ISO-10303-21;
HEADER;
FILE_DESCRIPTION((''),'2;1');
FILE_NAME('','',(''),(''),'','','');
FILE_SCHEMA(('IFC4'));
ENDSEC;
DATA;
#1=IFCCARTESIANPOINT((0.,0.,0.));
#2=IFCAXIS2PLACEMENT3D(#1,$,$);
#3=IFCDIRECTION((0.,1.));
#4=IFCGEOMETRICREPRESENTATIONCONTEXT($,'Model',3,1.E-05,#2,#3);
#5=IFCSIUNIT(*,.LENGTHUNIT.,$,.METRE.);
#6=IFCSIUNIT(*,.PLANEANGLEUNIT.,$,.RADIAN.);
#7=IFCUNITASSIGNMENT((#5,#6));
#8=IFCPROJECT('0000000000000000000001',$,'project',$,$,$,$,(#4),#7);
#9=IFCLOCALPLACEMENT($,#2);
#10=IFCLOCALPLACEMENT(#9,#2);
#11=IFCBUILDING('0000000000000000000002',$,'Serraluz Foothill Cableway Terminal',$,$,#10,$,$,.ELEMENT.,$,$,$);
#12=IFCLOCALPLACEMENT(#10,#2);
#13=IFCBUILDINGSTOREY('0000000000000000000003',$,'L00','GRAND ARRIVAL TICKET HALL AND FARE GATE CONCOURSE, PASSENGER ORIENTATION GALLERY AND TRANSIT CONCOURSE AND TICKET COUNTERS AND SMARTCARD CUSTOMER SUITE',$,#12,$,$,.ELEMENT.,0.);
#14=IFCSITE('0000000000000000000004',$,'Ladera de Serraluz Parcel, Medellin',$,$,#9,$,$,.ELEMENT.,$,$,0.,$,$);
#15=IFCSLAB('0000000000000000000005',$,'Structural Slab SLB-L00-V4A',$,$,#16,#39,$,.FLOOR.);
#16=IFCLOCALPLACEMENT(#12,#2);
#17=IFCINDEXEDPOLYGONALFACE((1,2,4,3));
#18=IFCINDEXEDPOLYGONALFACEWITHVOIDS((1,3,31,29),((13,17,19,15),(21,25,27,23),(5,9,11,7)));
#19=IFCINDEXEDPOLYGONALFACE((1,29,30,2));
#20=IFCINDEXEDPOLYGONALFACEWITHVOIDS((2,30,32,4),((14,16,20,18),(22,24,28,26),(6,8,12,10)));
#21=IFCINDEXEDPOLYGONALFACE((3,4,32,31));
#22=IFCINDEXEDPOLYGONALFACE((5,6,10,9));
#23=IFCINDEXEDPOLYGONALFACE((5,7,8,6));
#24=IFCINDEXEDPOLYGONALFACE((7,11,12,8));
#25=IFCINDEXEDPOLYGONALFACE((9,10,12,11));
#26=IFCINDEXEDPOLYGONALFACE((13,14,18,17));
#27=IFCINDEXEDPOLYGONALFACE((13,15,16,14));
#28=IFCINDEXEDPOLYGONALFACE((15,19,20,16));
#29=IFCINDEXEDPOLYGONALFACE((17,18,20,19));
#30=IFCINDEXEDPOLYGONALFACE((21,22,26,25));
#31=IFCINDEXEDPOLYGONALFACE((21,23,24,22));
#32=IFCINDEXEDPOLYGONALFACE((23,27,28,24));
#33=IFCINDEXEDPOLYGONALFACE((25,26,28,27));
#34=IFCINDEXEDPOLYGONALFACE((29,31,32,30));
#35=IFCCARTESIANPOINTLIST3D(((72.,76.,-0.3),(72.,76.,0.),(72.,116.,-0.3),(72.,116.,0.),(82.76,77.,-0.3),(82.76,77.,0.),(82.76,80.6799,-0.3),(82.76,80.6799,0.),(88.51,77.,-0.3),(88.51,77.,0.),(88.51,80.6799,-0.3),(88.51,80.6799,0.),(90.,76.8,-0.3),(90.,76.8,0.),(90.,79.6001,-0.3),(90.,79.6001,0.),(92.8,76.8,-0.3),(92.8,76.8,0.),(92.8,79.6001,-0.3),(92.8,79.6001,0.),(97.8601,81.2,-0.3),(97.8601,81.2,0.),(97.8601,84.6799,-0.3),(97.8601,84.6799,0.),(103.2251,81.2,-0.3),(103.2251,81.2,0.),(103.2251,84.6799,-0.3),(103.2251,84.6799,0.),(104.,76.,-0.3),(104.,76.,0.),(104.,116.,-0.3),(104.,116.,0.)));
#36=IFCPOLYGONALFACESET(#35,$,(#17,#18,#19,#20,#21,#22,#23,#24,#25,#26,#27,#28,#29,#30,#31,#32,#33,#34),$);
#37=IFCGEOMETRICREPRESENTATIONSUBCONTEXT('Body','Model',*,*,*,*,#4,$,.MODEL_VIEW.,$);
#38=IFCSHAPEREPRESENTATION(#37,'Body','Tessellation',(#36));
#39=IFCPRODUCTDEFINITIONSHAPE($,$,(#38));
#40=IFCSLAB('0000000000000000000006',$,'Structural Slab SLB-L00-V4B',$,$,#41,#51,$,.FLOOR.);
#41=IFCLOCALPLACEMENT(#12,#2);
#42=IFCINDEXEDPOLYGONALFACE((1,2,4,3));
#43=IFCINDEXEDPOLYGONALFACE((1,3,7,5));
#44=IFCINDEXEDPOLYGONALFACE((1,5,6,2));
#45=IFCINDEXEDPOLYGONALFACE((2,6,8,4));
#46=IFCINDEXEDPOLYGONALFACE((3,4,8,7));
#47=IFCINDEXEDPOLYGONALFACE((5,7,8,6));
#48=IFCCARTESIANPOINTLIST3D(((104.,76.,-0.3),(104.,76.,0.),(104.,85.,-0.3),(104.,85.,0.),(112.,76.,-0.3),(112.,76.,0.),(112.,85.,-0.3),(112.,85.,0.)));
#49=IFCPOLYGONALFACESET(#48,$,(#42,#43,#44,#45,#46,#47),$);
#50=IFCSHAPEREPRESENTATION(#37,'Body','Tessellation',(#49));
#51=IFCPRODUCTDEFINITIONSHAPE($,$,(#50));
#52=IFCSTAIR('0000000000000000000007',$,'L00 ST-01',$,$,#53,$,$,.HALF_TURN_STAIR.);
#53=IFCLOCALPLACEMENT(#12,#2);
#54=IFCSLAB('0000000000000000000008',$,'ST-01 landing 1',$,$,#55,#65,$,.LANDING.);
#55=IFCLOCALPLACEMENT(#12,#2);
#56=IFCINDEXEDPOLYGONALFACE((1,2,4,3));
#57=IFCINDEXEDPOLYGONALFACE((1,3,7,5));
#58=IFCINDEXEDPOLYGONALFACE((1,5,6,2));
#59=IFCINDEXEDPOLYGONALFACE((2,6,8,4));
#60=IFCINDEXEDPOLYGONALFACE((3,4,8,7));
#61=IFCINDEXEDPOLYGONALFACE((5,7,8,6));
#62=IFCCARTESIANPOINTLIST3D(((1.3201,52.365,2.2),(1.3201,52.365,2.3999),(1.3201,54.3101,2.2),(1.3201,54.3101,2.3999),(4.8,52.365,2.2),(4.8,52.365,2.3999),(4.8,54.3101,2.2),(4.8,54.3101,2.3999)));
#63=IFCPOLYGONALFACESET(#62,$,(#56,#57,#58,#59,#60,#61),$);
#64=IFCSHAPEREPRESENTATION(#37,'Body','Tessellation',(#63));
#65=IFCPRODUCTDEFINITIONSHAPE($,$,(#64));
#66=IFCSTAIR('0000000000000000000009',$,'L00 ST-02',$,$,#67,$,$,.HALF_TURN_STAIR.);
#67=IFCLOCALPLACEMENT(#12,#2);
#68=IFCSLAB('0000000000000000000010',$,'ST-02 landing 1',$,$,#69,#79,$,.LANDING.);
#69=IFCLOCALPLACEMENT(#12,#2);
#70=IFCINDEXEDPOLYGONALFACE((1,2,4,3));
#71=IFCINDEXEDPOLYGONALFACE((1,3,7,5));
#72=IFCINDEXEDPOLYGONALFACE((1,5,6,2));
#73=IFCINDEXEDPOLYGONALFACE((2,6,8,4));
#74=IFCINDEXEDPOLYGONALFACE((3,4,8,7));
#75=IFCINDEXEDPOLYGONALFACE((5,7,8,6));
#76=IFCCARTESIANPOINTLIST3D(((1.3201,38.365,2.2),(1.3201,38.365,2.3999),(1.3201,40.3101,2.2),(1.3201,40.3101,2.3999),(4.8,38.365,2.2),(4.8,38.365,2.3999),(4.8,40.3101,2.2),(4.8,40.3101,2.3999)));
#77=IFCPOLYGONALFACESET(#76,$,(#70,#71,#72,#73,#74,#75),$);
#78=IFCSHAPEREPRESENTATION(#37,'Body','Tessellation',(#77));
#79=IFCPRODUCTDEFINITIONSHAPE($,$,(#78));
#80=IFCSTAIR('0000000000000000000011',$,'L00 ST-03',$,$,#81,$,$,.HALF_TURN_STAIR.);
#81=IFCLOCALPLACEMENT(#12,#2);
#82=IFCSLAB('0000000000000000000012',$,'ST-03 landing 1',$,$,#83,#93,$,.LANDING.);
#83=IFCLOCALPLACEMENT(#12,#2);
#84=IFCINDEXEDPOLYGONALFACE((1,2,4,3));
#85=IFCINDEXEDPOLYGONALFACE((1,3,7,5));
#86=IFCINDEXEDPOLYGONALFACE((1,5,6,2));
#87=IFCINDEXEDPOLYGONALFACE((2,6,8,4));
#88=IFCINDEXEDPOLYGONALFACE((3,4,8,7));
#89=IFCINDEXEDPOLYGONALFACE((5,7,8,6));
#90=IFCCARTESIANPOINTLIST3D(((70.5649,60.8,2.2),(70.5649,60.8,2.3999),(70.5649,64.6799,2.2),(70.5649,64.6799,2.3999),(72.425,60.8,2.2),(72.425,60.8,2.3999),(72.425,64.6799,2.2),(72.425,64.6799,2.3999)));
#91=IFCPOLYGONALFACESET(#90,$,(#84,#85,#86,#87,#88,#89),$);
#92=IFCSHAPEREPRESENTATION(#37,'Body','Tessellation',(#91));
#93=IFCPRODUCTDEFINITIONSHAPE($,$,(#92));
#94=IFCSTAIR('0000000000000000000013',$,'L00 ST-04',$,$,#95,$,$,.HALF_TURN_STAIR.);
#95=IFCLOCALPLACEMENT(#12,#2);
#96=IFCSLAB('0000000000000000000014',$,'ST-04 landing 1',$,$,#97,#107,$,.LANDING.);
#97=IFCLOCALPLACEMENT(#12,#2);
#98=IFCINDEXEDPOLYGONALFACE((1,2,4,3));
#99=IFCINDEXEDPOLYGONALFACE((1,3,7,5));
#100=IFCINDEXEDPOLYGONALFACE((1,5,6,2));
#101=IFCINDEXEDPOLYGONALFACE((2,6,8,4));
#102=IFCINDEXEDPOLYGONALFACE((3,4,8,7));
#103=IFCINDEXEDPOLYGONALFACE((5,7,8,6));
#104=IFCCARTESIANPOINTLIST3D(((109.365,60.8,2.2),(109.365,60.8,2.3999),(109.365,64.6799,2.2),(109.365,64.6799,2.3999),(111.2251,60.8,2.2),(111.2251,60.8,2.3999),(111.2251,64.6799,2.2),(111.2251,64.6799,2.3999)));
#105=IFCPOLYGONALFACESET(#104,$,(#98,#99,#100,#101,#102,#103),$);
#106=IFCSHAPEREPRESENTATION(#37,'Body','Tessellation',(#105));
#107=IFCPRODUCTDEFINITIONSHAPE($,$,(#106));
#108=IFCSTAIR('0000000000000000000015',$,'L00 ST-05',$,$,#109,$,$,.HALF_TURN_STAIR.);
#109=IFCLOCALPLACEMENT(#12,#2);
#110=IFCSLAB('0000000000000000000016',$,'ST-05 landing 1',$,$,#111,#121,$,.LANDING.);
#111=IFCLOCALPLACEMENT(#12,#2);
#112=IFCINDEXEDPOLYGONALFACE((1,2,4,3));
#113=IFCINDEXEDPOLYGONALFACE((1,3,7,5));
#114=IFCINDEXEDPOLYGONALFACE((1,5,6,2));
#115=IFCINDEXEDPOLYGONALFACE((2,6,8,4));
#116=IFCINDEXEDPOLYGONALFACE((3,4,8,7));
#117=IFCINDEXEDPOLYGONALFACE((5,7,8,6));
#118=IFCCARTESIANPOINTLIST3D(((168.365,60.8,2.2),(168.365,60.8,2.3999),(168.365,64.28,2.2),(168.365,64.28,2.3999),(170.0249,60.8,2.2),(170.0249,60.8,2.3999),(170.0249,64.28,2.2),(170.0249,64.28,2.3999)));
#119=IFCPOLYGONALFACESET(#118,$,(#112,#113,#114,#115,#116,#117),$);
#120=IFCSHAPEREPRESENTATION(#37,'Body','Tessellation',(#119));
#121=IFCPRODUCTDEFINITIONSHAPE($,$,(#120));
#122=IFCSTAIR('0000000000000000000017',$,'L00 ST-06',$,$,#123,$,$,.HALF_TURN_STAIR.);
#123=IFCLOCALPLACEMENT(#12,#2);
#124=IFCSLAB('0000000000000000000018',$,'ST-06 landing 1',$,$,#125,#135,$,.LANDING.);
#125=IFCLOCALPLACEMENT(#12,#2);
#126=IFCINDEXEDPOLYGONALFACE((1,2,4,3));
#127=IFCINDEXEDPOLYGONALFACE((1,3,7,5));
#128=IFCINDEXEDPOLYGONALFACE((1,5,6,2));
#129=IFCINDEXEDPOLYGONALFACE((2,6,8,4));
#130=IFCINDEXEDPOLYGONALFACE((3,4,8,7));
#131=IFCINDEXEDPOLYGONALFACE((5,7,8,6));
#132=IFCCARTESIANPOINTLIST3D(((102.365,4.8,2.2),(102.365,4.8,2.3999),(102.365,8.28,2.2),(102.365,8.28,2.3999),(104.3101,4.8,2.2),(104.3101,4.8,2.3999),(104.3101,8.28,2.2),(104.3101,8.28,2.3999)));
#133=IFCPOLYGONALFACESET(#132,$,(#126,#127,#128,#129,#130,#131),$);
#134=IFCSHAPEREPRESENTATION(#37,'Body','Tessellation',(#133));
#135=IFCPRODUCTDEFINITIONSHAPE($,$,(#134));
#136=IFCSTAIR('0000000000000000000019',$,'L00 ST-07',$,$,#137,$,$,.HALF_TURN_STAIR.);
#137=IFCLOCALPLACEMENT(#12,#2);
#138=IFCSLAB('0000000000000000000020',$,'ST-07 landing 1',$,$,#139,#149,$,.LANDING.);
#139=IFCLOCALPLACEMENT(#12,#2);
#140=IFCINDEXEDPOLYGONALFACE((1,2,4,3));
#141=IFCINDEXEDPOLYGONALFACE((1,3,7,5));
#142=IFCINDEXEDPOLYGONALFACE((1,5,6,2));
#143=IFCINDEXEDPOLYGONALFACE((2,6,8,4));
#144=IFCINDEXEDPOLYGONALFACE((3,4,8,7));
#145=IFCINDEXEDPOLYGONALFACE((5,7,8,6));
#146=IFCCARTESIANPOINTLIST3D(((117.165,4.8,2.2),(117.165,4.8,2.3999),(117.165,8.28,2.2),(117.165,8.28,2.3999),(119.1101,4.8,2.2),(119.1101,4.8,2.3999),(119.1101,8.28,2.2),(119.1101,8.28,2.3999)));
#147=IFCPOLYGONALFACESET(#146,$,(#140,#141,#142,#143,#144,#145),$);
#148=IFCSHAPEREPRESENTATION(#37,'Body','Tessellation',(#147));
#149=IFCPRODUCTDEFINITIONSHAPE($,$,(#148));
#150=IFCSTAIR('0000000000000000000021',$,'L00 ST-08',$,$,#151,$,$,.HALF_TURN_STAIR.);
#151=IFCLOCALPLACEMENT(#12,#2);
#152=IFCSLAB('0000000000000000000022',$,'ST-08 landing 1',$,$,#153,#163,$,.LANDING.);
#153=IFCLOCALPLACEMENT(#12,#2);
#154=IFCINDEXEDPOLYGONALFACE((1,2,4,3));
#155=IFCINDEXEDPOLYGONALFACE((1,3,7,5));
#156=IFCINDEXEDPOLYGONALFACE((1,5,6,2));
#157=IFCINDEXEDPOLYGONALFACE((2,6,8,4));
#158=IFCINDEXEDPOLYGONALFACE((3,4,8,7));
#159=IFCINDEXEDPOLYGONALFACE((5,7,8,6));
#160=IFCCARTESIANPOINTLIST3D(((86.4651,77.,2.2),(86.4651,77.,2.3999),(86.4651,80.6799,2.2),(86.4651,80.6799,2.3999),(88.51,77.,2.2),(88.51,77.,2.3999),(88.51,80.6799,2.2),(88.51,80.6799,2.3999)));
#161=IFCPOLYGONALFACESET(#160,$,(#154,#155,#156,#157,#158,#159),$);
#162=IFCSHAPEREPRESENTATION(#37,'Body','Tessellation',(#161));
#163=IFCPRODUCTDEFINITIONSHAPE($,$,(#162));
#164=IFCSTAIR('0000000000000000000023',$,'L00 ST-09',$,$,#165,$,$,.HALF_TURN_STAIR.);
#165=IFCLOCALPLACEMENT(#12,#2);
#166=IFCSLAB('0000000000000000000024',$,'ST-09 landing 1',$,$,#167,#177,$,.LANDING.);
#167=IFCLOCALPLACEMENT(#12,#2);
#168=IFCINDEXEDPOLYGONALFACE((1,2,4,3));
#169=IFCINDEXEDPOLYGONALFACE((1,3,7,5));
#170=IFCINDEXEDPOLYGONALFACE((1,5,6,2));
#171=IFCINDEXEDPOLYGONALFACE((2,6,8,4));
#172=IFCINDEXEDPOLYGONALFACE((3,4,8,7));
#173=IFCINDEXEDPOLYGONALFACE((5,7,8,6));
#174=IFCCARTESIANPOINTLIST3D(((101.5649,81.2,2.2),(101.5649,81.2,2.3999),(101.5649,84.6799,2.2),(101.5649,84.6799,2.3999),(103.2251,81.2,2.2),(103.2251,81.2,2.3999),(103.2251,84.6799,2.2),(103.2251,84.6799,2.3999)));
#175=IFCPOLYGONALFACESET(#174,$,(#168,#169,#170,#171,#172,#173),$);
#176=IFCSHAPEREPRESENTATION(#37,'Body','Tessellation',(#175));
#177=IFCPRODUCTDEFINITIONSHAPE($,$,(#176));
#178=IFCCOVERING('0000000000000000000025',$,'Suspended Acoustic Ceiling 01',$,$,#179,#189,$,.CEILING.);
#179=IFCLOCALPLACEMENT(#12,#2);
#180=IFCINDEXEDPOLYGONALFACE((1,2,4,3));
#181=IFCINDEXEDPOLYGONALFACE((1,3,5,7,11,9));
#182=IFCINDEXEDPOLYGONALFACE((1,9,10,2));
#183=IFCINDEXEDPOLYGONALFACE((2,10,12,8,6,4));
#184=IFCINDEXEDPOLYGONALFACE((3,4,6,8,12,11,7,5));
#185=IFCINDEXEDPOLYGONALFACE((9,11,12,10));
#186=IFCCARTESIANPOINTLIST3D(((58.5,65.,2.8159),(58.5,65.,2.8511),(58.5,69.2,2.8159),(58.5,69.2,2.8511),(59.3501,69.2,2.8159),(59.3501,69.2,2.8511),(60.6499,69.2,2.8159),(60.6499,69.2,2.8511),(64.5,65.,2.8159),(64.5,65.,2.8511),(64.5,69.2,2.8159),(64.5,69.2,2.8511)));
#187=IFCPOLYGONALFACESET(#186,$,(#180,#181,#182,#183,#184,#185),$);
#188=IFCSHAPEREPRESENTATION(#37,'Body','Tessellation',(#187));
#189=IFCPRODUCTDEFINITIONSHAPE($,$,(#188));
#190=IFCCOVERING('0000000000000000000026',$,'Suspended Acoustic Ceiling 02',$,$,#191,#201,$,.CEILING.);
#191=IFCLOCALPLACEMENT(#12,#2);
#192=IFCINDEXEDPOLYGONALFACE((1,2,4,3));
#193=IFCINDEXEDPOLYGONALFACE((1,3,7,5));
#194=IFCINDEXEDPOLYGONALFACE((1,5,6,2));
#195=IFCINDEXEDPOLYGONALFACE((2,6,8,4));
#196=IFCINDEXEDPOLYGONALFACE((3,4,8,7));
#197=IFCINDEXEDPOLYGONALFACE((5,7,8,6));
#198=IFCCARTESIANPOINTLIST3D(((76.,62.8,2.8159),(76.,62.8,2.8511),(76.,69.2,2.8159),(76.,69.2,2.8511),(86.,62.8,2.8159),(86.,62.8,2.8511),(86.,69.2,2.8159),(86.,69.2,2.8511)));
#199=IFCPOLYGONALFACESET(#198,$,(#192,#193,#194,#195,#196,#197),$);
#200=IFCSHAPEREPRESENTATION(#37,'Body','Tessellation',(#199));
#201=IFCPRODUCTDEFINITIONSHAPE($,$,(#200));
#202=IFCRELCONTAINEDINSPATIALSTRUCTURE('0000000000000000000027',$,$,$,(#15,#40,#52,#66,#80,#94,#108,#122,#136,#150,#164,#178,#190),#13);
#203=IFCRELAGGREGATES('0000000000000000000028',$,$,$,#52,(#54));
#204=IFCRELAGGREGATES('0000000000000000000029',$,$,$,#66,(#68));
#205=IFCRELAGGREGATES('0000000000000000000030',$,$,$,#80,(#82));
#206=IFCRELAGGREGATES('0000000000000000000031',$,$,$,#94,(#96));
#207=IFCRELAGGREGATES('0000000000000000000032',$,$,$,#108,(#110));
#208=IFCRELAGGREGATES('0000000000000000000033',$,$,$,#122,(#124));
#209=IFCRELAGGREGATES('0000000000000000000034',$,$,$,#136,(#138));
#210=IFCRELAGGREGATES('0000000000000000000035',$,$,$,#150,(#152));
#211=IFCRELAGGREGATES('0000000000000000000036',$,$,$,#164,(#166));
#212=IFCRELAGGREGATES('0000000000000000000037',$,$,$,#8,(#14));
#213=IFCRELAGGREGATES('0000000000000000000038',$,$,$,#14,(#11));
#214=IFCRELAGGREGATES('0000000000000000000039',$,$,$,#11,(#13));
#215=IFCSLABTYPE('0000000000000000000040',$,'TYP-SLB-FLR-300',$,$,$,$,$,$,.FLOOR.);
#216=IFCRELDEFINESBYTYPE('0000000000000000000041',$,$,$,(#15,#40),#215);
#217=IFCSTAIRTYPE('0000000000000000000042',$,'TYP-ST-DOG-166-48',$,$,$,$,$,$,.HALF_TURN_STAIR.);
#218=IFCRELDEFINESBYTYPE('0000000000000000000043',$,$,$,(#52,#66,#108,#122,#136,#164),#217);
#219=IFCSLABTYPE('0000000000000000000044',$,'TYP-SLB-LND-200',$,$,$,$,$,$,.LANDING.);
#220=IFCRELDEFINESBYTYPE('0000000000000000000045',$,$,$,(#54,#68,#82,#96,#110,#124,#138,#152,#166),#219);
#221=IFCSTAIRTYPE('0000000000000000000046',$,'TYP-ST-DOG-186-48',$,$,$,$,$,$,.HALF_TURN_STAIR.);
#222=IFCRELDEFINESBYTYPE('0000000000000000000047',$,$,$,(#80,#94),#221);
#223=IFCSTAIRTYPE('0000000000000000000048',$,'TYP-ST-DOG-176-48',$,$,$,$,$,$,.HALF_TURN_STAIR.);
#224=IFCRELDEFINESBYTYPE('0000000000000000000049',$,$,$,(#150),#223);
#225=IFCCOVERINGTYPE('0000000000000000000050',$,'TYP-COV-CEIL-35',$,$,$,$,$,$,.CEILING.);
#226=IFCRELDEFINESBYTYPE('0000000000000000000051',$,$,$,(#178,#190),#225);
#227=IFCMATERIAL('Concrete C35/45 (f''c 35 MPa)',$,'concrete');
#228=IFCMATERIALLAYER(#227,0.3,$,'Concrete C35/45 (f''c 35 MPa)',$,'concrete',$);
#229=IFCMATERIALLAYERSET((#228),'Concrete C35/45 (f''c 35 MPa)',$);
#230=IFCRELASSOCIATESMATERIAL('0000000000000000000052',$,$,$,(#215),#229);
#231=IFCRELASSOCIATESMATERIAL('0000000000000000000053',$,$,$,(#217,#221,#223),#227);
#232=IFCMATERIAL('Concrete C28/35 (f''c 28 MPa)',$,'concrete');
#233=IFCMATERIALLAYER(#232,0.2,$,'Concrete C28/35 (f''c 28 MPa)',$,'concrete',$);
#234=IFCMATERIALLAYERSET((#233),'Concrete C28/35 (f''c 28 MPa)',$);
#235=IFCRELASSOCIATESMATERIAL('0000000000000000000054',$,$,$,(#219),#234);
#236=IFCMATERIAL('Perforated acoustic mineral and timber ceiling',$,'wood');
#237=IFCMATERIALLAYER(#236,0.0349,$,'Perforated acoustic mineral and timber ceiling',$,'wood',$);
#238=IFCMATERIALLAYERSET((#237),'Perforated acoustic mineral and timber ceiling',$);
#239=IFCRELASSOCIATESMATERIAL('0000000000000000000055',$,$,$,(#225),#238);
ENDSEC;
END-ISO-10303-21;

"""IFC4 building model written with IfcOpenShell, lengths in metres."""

from ifc_helpers import new_model, si_unit, direction, frame, origin, place, context, subcontext, project, spatial, polyline, outline, extrude, material, layer, layer_set, type_object, element, aggregate, save


model = new_model("IFC4")

# Units and contexts
model_context = context("Model", 3, precision=1e-05, world=origin(), true_north=direction((0.0, 1.0)))
body_context = subcontext(model_context, "Body", "Model", "MODEL_VIEW")
ifc_project = project(units=[si_unit("LENGTHUNIT", "METRE"), si_unit("PLANEANGLEUNIT", "RADIAN")], contexts=[model_context])

# Site, building, storey
site_placement = place(None, origin())
site = spatial("IfcSite", under=ifc_project, at=site_placement, Name="Ladera de Serraluz Parcel, Medellin", CompositionType="ELEMENT", RefElevation=0.0)
building_placement = place(site_placement, origin())
building = spatial("IfcBuilding", under=site, at=building_placement, Name="Serraluz Foothill Cableway Terminal", CompositionType="ELEMENT")
storey_placement = place(building_placement, origin())
storey = spatial("IfcBuildingStorey", under=building, at=storey_placement, Name="L00", Description="GRAND ARRIVAL TICKET HALL AND FARE GATE CONCOURSE, PASSENGER ORIENTATION GALLERY AND TRANSIT CONCOURSE AND TICKET COUNTERS AND SMARTCARD CUSTOMER SUITE", CompositionType="ELEMENT", Elevation=0.0)

# Slabs
ifc_material_1 = material(Name="Concrete C28/35 (f'c 28 MPa)", Category="concrete")
ifc_material_2 = material(Name="Concrete C35/45 (f'c 35 MPa)", Category="concrete")
ifc_layer_1 = layer(ifc_material_2, 0.3, Name="Concrete C35/45 (f'c 35 MPa)", Category="concrete")
ifc_layer_set_1 = layer_set([ifc_layer_1], Name="Concrete C35/45 (f'c 35 MPa)")
slab_type_1 = type_object("IfcSlabType", Name="TYP-SLB-FLR-300", PredefinedType="FLOOR", material=ifc_layer_set_1)
slab_1_placement = place(storey_placement, frame((0.0, 0.0, -0.3)))
element("IfcSlab", 1, at=slab_1_placement, inside=storey, type_object=slab_type_1, Name="Structural Slab SLB-L00-V4A", PredefinedType="FLOOR", context=body_context, shape_type="SweptSolid", body=[
    extrude(outline(polyline([(72.0, 76.0), (104.0, 76.0), (104.0, 116.0), (72.0, 116.0), (72.0, 76.0)]), holes=[polyline([(82.76, 77.0), (88.51, 77.0), (88.51, 80.6799), (82.76, 80.6799), (82.76, 77.0)]), polyline([(97.8601, 81.2), (103.2251, 81.2), (103.2251, 84.6799), (97.8601, 84.6799), (97.8601, 81.2)]), polyline([(90.0, 76.8), (92.8, 76.8), (92.8, 79.6001), (90.0, 79.6001), (90.0, 76.8)])]), origin(), (0.0, 0.0, 1.0), 0.3),
])
slab_2_placement = place(storey_placement, frame((0.0, 0.0, -0.3)))
element("IfcSlab", 2, at=slab_2_placement, inside=storey, type_object=slab_type_1, Name="Structural Slab SLB-L00-V4B", PredefinedType="FLOOR", context=body_context, shape_type="SweptSolid", body=[
    extrude(outline(polyline([(104.0, 76.0), (112.0, 76.0), (112.0, 85.0), (104.0, 85.0), (104.0, 76.0)])), origin(), (0.0, 0.0, 1.0), 0.3),
])

# Stairs, slabs
stair_type_1 = type_object("IfcStairType", Name="TYP-ST-DOG-166-48", PredefinedType="HALF_TURN_STAIR", material=ifc_material_2)
stair_1_placement = place(storey_placement, origin())
stair_1 = element("IfcStair", 3, at=stair_1_placement, inside=storey, type_object=stair_type_1, Name="L00 ST-01", PredefinedType="HALF_TURN_STAIR")
ifc_layer_2 = layer(ifc_material_1, 0.2, Name="Concrete C28/35 (f'c 28 MPa)", Category="concrete")
ifc_layer_set_2 = layer_set([ifc_layer_2], Name="Concrete C28/35 (f'c 28 MPa)")
slab_type_2 = type_object("IfcSlabType", Name="TYP-SLB-LND-200", PredefinedType="LANDING", material=ifc_layer_set_2)
slab_3_placement = place(storey_placement, frame((0.0, 0.0, 2.2)))
slab_3 = element("IfcSlab", 4, at=slab_3_placement, type_object=slab_type_2, Name="ST-01 landing 1", PredefinedType="LANDING", context=body_context, shape_type="SweptSolid", body=[
    extrude(outline(polyline([(4.8, 52.365), (4.8, 54.3101), (1.3201, 54.3101), (1.3201, 52.365), (4.8, 52.365)])), origin(), (0.0, 0.0, 1.0), 0.2),
])
aggregate(stair_1, [slab_3])
stair_2_placement = place(storey_placement, origin())
stair_2 = element("IfcStair", 5, at=stair_2_placement, inside=storey, type_object=stair_type_1, Name="L00 ST-02", PredefinedType="HALF_TURN_STAIR")
slab_4_placement = place(storey_placement, frame((0.0, 0.0, 2.2)))
slab_4 = element("IfcSlab", 6, at=slab_4_placement, type_object=slab_type_2, Name="ST-02 landing 1", PredefinedType="LANDING", context=body_context, shape_type="SweptSolid", body=[
    extrude(outline(polyline([(4.8, 38.365), (4.8, 40.3101), (1.3201, 40.3101), (1.3201, 38.365), (4.8, 38.365)])), origin(), (0.0, 0.0, 1.0), 0.2),
])
aggregate(stair_2, [slab_4])
stair_type_2 = type_object("IfcStairType", Name="TYP-ST-DOG-186-48", PredefinedType="HALF_TURN_STAIR", material=ifc_material_2)
stair_3_placement = place(storey_placement, origin())
stair_3 = element("IfcStair", 7, at=stair_3_placement, inside=storey, type_object=stair_type_2, Name="L00 ST-03", PredefinedType="HALF_TURN_STAIR")
slab_5_placement = place(storey_placement, frame((0.0, 0.0, 2.2)))
slab_5 = element("IfcSlab", 8, at=slab_5_placement, type_object=slab_type_2, Name="ST-03 landing 1", PredefinedType="LANDING", context=body_context, shape_type="SweptSolid", body=[
    extrude(outline(polyline([(70.5649, 60.8), (72.425, 60.8), (72.425, 64.6799), (70.5649, 64.6799), (70.5649, 60.8)])), origin(), (0.0, 0.0, 1.0), 0.2),
])
aggregate(stair_3, [slab_5])
stair_4_placement = place(storey_placement, origin())
stair_4 = element("IfcStair", 9, at=stair_4_placement, inside=storey, type_object=stair_type_2, Name="L00 ST-04", PredefinedType="HALF_TURN_STAIR")
slab_6_placement = place(storey_placement, frame((0.0, 0.0, 2.2)))
slab_6 = element("IfcSlab", 10, at=slab_6_placement, type_object=slab_type_2, Name="ST-04 landing 1", PredefinedType="LANDING", context=body_context, shape_type="SweptSolid", body=[
    extrude(outline(polyline([(109.365, 60.8), (111.2251, 60.8), (111.2251, 64.6799), (109.365, 64.6799), (109.365, 60.8)])), origin(), (0.0, 0.0, 1.0), 0.2),
])
aggregate(stair_4, [slab_6])
stair_5_placement = place(storey_placement, origin())
stair_5 = element("IfcStair", 11, at=stair_5_placement, inside=storey, type_object=stair_type_1, Name="L00 ST-05", PredefinedType="HALF_TURN_STAIR")
slab_7_placement = place(storey_placement, frame((0.0, 0.0, 2.2)))
slab_7 = element("IfcSlab", 12, at=slab_7_placement, type_object=slab_type_2, Name="ST-05 landing 1", PredefinedType="LANDING", context=body_context, shape_type="SweptSolid", body=[
    extrude(outline(polyline([(168.365, 60.8), (170.0249, 60.8), (170.0249, 64.28), (168.365, 64.28), (168.365, 60.8)])), origin(), (0.0, 0.0, 1.0), 0.2),
])
aggregate(stair_5, [slab_7])
stair_6_placement = place(storey_placement, origin())
stair_6 = element("IfcStair", 13, at=stair_6_placement, inside=storey, type_object=stair_type_1, Name="L00 ST-06", PredefinedType="HALF_TURN_STAIR")
slab_8_placement = place(storey_placement, frame((0.0, 0.0, 2.2)))
slab_8 = element("IfcSlab", 14, at=slab_8_placement, type_object=slab_type_2, Name="ST-06 landing 1", PredefinedType="LANDING", context=body_context, shape_type="SweptSolid", body=[
    extrude(outline(polyline([(102.365, 4.8), (104.3101, 4.8), (104.3101, 8.28), (102.365, 8.28), (102.365, 4.8)])), origin(), (0.0, 0.0, 1.0), 0.2),
])
aggregate(stair_6, [slab_8])
stair_7_placement = place(storey_placement, origin())
stair_7 = element("IfcStair", 15, at=stair_7_placement, inside=storey, type_object=stair_type_1, Name="L00 ST-07", PredefinedType="HALF_TURN_STAIR")
slab_9_placement = place(storey_placement, frame((0.0, 0.0, 2.2)))
slab_9 = element("IfcSlab", 16, at=slab_9_placement, type_object=slab_type_2, Name="ST-07 landing 1", PredefinedType="LANDING", context=body_context, shape_type="SweptSolid", body=[
    extrude(outline(polyline([(117.165, 4.8), (119.1101, 4.8), (119.1101, 8.28), (117.165, 8.28), (117.165, 4.8)])), origin(), (0.0, 0.0, 1.0), 0.2),
])
aggregate(stair_7, [slab_9])
stair_type_3 = type_object("IfcStairType", Name="TYP-ST-DOG-176-48", PredefinedType="HALF_TURN_STAIR", material=ifc_material_2)
stair_8_placement = place(storey_placement, origin())
stair_8 = element("IfcStair", 17, at=stair_8_placement, inside=storey, type_object=stair_type_3, Name="L00 ST-08", PredefinedType="HALF_TURN_STAIR")
slab_10_placement = place(storey_placement, frame((0.0, 0.0, 2.2)))
slab_10 = element("IfcSlab", 18, at=slab_10_placement, type_object=slab_type_2, Name="ST-08 landing 1", PredefinedType="LANDING", context=body_context, shape_type="SweptSolid", body=[
    extrude(outline(polyline([(86.4651, 77.0), (88.51, 77.0), (88.51, 80.6799), (86.4651, 80.6799), (86.4651, 77.0)])), origin(), (0.0, 0.0, 1.0), 0.2),
])
aggregate(stair_8, [slab_10])
stair_9_placement = place(storey_placement, origin())
stair_9 = element("IfcStair", 19, at=stair_9_placement, inside=storey, type_object=stair_type_1, Name="L00 ST-09", PredefinedType="HALF_TURN_STAIR")
slab_11_placement = place(storey_placement, frame((0.0, 0.0, 2.2)))
slab_11 = element("IfcSlab", 20, at=slab_11_placement, type_object=slab_type_2, Name="ST-09 landing 1", PredefinedType="LANDING", context=body_context, shape_type="SweptSolid", body=[
    extrude(outline(polyline([(101.5649, 81.2), (103.2251, 81.2), (103.2251, 84.6799), (101.5649, 84.6799), (101.5649, 81.2)])), origin(), (0.0, 0.0, 1.0), 0.2),
])
aggregate(stair_9, [slab_11])

# Coverings
ifc_material_3 = material(Name="Perforated acoustic mineral and timber ceiling", Category="wood")
ifc_layer_3 = layer(ifc_material_3, 0.0349, Name="Perforated acoustic mineral and timber ceiling", Category="wood")
ifc_layer_set_3 = layer_set([ifc_layer_3], Name="Perforated acoustic mineral and timber ceiling")
covering_type_1 = type_object("IfcCoveringType", Name="TYP-COV-CEIL-35", PredefinedType="CEILING", material=ifc_layer_set_3)
covering_1_placement = place(storey_placement, frame((0.0, 0.0, 2.8159)))
element("IfcCovering", 21, at=covering_1_placement, inside=storey, type_object=covering_type_1, Name="Suspended Acoustic Ceiling 01", PredefinedType="CEILING", context=body_context, shape_type="SweptSolid", body=[
    extrude(outline(polyline([(58.5, 65.0), (58.5, 69.2), (59.3501, 69.2), (59.3501, 69.2), (60.6499, 69.2), (60.6499, 69.2), (64.5, 69.2), (64.5, 65.0), (58.5, 65.0)])), origin(), (0.0, 0.0, 1.0), 0.0352),
])
covering_2_placement = place(storey_placement, frame((0.0, 0.0, 2.8159)))
element("IfcCovering", 22, at=covering_2_placement, inside=storey, type_object=covering_type_1, Name="Suspended Acoustic Ceiling 02", PredefinedType="CEILING", context=body_context, shape_type="SweptSolid", body=[
    extrude(outline(polyline([(76.0, 62.8), (76.0, 69.2), (86.0, 69.2), (86.0, 62.8), (76.0, 62.8)])), origin(), (0.0, 0.0, 1.0), 0.0352),
])

save(model, "model.ifc")
